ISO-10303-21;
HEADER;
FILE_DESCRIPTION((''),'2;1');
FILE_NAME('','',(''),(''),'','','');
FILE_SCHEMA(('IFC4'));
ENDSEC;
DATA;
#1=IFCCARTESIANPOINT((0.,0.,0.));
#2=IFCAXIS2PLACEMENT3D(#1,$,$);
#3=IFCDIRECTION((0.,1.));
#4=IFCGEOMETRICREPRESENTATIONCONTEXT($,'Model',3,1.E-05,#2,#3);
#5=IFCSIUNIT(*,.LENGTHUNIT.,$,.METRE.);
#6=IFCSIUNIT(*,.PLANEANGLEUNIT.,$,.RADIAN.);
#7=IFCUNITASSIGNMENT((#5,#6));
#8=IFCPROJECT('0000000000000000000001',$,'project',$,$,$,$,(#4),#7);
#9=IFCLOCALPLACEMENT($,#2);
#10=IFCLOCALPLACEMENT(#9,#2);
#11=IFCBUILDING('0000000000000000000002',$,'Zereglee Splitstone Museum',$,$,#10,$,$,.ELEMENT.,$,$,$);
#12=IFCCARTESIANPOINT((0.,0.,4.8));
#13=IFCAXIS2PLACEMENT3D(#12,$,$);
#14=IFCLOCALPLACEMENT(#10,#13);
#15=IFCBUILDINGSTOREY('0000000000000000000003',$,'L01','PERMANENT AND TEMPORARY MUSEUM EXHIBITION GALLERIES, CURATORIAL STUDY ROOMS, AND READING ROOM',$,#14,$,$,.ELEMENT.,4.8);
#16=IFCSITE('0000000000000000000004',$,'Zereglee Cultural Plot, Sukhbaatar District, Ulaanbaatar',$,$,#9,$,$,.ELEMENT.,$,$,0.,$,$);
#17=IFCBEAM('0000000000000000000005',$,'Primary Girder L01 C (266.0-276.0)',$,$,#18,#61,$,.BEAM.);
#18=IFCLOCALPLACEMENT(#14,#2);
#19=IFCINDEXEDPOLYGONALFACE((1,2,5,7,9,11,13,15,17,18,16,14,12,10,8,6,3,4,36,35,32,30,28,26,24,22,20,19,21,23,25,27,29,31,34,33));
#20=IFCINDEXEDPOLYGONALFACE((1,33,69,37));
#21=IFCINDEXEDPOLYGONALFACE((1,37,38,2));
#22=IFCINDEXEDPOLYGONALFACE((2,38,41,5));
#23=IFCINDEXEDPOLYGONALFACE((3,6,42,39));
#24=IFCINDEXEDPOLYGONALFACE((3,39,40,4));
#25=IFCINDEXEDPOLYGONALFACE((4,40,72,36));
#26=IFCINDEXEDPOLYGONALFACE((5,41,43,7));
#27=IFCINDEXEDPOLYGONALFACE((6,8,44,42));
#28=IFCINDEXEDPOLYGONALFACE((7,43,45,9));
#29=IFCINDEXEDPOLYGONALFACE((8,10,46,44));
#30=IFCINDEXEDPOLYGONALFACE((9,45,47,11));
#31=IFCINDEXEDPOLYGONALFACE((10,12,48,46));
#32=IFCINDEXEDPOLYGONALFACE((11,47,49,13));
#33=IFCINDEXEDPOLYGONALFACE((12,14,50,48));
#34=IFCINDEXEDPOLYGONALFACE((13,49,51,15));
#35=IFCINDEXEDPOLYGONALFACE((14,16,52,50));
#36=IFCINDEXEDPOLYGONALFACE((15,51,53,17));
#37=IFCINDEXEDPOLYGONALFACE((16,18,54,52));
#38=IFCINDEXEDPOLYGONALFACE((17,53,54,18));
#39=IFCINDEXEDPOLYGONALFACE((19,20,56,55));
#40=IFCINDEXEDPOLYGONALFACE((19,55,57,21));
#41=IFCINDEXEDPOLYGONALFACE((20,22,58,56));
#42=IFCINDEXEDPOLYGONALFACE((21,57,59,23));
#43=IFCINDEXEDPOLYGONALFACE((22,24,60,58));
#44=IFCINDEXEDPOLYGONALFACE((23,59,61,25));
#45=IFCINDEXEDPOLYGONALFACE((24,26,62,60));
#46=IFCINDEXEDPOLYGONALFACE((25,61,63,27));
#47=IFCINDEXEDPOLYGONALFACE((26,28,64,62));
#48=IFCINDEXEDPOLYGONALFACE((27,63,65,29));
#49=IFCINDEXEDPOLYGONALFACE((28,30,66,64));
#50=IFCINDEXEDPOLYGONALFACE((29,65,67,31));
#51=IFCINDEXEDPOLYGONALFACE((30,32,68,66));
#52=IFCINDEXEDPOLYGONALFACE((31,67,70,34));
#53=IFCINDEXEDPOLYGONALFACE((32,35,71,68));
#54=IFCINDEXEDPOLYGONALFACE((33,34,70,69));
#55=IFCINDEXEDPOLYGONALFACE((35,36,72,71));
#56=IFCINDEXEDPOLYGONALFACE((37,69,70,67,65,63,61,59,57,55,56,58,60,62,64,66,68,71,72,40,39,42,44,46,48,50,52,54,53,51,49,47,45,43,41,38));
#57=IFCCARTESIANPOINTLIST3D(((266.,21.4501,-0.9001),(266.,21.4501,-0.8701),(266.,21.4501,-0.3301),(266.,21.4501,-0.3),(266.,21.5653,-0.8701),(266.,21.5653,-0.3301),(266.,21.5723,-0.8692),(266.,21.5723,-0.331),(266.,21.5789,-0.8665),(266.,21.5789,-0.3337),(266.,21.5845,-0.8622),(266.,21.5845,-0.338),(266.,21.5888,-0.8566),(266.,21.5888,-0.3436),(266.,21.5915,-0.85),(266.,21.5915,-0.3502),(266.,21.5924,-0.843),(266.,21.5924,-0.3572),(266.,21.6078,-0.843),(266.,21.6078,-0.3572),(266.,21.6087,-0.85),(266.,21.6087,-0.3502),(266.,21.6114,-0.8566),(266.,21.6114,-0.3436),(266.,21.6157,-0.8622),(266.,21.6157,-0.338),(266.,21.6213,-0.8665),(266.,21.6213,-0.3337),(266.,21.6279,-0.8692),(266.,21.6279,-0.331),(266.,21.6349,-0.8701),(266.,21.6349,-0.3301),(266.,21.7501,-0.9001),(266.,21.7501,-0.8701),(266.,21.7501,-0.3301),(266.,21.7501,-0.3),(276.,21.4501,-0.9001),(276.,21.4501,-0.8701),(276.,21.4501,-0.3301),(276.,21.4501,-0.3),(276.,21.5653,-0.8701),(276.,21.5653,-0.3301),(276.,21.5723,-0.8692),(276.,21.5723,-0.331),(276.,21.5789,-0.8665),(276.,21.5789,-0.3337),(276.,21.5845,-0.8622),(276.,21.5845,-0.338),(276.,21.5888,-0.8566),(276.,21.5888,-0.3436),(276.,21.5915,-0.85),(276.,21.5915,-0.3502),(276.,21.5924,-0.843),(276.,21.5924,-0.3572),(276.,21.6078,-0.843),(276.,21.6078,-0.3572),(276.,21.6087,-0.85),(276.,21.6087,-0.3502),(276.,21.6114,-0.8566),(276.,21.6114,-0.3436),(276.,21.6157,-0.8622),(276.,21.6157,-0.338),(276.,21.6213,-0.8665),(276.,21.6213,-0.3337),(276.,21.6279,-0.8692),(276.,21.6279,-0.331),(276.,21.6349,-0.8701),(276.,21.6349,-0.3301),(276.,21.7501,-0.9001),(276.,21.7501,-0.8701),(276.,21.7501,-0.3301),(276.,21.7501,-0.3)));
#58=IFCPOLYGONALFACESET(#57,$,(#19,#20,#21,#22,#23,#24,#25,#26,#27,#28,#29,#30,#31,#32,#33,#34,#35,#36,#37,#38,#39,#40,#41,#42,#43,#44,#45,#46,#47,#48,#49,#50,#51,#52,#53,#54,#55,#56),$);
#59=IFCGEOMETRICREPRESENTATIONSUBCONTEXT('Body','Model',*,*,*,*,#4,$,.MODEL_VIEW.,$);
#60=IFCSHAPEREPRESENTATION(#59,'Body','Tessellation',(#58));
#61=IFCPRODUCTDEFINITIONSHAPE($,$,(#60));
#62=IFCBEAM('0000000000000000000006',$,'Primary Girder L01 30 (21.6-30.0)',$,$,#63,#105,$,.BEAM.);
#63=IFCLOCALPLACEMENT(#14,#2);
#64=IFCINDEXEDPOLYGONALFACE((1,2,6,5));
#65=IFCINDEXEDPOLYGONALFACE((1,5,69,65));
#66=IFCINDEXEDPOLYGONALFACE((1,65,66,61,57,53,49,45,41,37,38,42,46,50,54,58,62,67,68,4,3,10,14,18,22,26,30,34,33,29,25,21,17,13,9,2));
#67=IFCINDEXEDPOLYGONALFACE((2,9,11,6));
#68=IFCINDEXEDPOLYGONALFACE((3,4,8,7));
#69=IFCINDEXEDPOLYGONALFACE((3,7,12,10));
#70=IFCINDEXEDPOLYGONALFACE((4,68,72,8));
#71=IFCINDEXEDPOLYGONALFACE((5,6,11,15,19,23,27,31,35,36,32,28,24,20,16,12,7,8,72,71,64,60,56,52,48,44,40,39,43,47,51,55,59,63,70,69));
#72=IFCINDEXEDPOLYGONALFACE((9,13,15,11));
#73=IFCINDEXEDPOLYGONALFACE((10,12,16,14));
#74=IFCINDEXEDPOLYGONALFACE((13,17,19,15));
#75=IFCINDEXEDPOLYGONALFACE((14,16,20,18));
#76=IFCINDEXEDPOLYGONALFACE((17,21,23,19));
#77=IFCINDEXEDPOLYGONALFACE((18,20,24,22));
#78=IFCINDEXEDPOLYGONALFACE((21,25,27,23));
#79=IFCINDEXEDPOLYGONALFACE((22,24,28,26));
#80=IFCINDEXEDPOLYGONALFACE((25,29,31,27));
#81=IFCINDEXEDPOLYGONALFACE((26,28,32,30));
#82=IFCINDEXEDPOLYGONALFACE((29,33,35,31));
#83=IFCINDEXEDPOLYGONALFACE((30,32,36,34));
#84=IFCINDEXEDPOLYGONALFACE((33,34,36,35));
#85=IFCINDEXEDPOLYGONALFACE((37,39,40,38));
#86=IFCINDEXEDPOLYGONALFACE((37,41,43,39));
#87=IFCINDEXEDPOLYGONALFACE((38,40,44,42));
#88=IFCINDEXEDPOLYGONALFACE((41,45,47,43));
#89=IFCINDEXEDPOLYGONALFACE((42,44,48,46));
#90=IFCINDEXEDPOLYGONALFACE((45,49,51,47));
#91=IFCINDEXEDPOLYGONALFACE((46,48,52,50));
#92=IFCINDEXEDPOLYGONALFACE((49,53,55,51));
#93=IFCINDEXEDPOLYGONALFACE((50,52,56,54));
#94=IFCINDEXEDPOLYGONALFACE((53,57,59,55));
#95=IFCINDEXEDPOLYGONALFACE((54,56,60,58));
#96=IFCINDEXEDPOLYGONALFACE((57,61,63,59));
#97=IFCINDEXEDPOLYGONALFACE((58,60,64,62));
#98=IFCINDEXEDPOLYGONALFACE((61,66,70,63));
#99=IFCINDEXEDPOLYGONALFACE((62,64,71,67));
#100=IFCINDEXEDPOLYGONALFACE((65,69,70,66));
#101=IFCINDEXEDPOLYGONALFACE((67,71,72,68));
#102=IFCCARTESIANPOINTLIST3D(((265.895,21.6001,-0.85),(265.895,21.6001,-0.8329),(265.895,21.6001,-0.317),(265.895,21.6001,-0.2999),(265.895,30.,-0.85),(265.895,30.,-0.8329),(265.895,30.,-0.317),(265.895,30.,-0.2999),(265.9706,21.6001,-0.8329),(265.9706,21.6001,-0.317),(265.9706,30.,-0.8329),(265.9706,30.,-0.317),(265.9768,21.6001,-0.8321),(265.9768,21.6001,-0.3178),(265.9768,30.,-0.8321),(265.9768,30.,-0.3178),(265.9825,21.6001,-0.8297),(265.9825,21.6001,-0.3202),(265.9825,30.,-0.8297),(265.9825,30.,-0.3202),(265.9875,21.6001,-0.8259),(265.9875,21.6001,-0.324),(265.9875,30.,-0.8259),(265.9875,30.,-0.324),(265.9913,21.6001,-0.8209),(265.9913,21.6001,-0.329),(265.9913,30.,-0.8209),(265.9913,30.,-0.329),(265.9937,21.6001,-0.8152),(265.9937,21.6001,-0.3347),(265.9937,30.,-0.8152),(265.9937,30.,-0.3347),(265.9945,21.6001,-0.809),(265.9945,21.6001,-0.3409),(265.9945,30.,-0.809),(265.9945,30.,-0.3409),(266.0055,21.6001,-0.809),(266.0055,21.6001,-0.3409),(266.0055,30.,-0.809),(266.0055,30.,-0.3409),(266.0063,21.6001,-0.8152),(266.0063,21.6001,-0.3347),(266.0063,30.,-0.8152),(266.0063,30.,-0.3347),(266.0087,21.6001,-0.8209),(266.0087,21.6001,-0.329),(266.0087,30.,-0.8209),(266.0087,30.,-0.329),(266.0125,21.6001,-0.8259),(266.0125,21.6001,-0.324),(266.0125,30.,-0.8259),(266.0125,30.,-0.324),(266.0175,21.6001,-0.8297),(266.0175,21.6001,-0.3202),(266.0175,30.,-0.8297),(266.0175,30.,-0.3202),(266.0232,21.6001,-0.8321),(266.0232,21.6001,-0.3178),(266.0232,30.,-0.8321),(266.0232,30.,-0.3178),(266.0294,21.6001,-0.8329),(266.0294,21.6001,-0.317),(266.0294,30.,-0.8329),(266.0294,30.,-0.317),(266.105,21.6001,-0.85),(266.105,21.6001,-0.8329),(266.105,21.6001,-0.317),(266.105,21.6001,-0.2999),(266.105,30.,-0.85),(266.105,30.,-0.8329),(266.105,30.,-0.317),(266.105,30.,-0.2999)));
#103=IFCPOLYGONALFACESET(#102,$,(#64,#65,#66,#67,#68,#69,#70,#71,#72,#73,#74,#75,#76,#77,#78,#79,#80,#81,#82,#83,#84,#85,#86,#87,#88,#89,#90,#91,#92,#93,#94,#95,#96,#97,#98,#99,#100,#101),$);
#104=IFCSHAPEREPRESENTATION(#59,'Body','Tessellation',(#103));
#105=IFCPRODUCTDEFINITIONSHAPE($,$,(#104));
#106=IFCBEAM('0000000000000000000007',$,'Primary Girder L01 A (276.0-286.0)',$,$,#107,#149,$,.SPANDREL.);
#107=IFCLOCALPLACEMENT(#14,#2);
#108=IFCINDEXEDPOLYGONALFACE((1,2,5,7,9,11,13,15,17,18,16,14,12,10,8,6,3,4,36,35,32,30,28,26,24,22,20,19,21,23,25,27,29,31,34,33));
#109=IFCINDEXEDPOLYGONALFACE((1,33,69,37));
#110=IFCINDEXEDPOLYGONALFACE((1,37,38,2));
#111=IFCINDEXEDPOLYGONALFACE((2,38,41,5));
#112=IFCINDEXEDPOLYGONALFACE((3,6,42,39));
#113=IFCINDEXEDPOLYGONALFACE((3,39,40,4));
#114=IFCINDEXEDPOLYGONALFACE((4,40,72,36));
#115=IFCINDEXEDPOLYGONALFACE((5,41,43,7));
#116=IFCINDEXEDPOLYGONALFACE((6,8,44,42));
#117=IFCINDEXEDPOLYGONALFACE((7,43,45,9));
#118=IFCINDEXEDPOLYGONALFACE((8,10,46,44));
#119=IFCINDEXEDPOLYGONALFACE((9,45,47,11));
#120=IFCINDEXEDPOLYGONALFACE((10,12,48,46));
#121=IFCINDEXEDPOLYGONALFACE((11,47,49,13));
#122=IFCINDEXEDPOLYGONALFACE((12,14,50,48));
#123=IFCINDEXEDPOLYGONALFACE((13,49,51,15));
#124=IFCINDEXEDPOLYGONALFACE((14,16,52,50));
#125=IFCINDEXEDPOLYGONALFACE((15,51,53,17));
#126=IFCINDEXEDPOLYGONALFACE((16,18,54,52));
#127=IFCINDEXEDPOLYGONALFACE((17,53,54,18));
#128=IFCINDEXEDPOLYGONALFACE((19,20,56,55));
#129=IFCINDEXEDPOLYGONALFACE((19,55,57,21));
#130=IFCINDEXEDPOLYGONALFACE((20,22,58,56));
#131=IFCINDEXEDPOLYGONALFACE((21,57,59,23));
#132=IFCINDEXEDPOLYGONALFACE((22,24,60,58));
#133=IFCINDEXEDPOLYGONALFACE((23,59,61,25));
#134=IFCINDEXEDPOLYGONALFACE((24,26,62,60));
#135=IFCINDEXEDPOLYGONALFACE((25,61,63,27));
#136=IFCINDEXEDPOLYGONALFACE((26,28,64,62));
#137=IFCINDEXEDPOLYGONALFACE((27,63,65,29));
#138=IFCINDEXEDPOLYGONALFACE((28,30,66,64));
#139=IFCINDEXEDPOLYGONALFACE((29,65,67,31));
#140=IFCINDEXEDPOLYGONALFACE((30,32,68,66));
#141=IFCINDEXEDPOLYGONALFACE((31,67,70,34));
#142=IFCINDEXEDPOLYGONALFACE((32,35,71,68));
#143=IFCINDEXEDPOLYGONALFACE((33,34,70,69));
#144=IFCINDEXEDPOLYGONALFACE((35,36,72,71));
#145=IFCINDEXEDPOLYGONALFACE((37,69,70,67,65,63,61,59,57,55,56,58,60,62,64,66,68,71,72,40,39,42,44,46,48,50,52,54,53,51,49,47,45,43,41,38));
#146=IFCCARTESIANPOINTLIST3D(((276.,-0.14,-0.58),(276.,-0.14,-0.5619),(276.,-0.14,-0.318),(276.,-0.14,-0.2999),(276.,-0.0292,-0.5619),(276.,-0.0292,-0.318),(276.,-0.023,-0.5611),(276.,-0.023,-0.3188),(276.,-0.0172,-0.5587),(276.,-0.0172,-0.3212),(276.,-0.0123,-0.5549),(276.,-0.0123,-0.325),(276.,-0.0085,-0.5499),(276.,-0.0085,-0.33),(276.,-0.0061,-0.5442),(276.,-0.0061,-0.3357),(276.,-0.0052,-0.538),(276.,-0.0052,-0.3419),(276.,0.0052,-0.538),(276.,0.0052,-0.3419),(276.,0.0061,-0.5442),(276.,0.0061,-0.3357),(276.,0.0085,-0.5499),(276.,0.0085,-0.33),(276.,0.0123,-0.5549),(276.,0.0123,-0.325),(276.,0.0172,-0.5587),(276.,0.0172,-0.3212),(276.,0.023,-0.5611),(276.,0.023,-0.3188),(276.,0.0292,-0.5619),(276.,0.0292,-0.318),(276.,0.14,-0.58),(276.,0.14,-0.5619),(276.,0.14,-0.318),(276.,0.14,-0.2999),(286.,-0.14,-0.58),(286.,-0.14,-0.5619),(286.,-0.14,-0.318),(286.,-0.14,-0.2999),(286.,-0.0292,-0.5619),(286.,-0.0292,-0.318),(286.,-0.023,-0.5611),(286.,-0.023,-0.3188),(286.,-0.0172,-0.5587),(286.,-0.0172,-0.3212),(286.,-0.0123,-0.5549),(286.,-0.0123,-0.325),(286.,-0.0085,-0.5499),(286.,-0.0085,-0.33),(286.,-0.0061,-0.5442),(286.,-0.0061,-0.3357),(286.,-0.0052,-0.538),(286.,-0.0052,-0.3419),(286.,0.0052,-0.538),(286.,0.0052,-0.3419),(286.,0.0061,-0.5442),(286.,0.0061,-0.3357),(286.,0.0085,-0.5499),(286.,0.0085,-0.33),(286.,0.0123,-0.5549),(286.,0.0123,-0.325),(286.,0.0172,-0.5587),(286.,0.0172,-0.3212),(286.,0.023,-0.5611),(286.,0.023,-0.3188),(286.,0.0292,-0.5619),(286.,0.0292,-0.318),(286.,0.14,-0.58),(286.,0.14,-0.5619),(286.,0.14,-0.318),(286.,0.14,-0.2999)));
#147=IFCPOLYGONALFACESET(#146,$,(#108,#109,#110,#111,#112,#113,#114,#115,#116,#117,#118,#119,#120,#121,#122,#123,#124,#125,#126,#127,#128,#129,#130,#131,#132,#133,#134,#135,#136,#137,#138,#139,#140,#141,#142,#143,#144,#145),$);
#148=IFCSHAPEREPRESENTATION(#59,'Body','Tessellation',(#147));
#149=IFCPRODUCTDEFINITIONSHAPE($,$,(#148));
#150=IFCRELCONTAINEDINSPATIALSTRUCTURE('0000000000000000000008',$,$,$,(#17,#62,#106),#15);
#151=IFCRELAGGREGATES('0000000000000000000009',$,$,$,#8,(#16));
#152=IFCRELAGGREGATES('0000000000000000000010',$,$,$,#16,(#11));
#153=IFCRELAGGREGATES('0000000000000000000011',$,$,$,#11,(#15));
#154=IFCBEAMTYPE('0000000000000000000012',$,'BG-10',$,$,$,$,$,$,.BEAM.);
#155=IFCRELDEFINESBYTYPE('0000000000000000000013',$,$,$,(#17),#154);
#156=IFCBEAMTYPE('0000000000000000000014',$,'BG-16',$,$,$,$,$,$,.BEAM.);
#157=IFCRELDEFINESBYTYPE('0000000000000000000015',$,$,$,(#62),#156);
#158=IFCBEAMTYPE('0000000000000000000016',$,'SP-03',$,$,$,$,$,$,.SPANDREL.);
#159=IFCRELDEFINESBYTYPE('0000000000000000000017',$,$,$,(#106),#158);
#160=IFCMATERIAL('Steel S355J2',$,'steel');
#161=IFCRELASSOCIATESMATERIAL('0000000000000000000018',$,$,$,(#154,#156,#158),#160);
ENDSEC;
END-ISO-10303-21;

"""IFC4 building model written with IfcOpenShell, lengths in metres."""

from ifc_helpers import new_model, si_unit, direction, frame, origin, origin_2d, place, context, subcontext, project, spatial, i_section, extrude, material, material_profile, profile_set, type_object, element, save


model = new_model("IFC4")

# Units and contexts
model_context = context("Model", 3, precision=1e-05, world=origin(), true_north=direction((0.0, 1.0)))
body_context = subcontext(model_context, "Body", "Model", "MODEL_VIEW")
ifc_project = project(units=[si_unit("LENGTHUNIT", "METRE"), si_unit("PLANEANGLEUNIT", "RADIAN")], contexts=[model_context])

# Site, building, storey
site_placement = place(None, origin())
site = spatial("IfcSite", under=ifc_project, at=site_placement, Name="Zereglee Cultural Plot, Sukhbaatar District, Ulaanbaatar", CompositionType="ELEMENT", RefElevation=0.0)
building_placement = place(site_placement, origin())
building = spatial("IfcBuilding", under=site, at=building_placement, Name="Zereglee Splitstone Museum", CompositionType="ELEMENT")
storey_placement = place(building_placement, frame((0.0, 0.0, 4.8)))
storey = spatial("IfcBuildingStorey", under=building, at=storey_placement, Name="L01", Description="PERMANENT AND TEMPORARY MUSEUM EXHIBITION GALLERIES, CURATORIAL STUDY ROOMS, AND READING ROOM", CompositionType="ELEMENT", Elevation=4.8)

# Shared definitions
ifc_material_1 = material(Name="Steel S355J2", Category="steel")

# Beams
ifc_material_profile_1 = material_profile(ifc_material_1, i_section(OverallWidth=0.3, OverallDepth=0.6001, WebThickness=0.0154, FlangeThickness=0.03, FilletRadius=0.0271, at=origin_2d()), Name="HE 600 B")
ifc_profile_set_1 = profile_set([ifc_material_profile_1], Name="Steel S355J2")
beam_type_1 = type_object("IfcBeamType", Name="BG-10", PredefinedType="BEAM", material=ifc_profile_set_1)
beam_1_placement = place(storey_placement, frame((266.0, 21.6001, -0.6001), z_axis=(1.0, 0.0, 0.0), x_axis=(0.0, 1.0, 0.0)))
element("IfcBeam", 1, at=beam_1_placement, inside=storey, type_object=beam_type_1, Name="Primary Girder L01 C (266.0-276.0)", PredefinedType="BEAM", context=body_context, shape_type="SweptSolid", body=[
    extrude(i_section(OverallWidth=0.3, OverallDepth=0.6001, WebThickness=0.0154, FlangeThickness=0.03, FilletRadius=0.0271, at=origin_2d()), origin(), (0.0, 0.0, 1.0), 10.0),
])
ifc_material_profile_2 = material_profile(ifc_material_1, i_section(OverallWidth=0.21, OverallDepth=0.55, WebThickness=0.011, FlangeThickness=0.0171, FilletRadius=0.0239, at=origin_2d()), Name="IPE 550")
ifc_profile_set_2 = profile_set([ifc_material_profile_2], Name="Steel S355J2")
beam_type_2 = type_object("IfcBeamType", Name="BG-16", PredefinedType="BEAM", material=ifc_profile_set_2)
beam_2_placement = place(storey_placement, frame((266.0, 21.6001, -0.575), z_axis=(0.0, 1.0, 0.0), x_axis=(-1.0, 0.0, 0.0)))
element("IfcBeam", 2, at=beam_2_placement, inside=storey, type_object=beam_type_2, Name="Primary Girder L01 30 (21.6-30.0)", PredefinedType="BEAM", context=body_context, shape_type="SweptSolid", body=[
    extrude(i_section(OverallWidth=0.21, OverallDepth=0.55, WebThickness=0.011, FlangeThickness=0.0171, FilletRadius=0.0239, at=origin_2d()), origin(), (0.0, 0.0, 1.0), 8.3999),
])
ifc_material_profile_3 = material_profile(ifc_material_1, i_section(OverallWidth=0.28, OverallDepth=0.28, WebThickness=0.0105, FlangeThickness=0.0181, FilletRadius=0.0239, at=origin_2d()), Name="HE 280 B")
ifc_profile_set_3 = profile_set([ifc_material_profile_3], Name="Steel S355J2")
beam_type_3 = type_object("IfcBeamType", Name="SP-03", PredefinedType="SPANDREL", material=ifc_profile_set_3)
beam_3_placement = place(storey_placement, frame((276.0, 0.0, -0.4399), z_axis=(1.0, 0.0, 0.0), x_axis=(0.0, 1.0, 0.0)))
element("IfcBeam", 3, at=beam_3_placement, inside=storey, type_object=beam_type_3, Name="Primary Girder L01 A (276.0-286.0)", PredefinedType="SPANDREL", context=body_context, shape_type="SweptSolid", body=[
    extrude(i_section(OverallWidth=0.28, OverallDepth=0.28, WebThickness=0.0105, FlangeThickness=0.0181, FilletRadius=0.0239, at=origin_2d()), origin(), (0.0, 0.0, 1.0), 10.0),
])

save(model, "model.ifc")
